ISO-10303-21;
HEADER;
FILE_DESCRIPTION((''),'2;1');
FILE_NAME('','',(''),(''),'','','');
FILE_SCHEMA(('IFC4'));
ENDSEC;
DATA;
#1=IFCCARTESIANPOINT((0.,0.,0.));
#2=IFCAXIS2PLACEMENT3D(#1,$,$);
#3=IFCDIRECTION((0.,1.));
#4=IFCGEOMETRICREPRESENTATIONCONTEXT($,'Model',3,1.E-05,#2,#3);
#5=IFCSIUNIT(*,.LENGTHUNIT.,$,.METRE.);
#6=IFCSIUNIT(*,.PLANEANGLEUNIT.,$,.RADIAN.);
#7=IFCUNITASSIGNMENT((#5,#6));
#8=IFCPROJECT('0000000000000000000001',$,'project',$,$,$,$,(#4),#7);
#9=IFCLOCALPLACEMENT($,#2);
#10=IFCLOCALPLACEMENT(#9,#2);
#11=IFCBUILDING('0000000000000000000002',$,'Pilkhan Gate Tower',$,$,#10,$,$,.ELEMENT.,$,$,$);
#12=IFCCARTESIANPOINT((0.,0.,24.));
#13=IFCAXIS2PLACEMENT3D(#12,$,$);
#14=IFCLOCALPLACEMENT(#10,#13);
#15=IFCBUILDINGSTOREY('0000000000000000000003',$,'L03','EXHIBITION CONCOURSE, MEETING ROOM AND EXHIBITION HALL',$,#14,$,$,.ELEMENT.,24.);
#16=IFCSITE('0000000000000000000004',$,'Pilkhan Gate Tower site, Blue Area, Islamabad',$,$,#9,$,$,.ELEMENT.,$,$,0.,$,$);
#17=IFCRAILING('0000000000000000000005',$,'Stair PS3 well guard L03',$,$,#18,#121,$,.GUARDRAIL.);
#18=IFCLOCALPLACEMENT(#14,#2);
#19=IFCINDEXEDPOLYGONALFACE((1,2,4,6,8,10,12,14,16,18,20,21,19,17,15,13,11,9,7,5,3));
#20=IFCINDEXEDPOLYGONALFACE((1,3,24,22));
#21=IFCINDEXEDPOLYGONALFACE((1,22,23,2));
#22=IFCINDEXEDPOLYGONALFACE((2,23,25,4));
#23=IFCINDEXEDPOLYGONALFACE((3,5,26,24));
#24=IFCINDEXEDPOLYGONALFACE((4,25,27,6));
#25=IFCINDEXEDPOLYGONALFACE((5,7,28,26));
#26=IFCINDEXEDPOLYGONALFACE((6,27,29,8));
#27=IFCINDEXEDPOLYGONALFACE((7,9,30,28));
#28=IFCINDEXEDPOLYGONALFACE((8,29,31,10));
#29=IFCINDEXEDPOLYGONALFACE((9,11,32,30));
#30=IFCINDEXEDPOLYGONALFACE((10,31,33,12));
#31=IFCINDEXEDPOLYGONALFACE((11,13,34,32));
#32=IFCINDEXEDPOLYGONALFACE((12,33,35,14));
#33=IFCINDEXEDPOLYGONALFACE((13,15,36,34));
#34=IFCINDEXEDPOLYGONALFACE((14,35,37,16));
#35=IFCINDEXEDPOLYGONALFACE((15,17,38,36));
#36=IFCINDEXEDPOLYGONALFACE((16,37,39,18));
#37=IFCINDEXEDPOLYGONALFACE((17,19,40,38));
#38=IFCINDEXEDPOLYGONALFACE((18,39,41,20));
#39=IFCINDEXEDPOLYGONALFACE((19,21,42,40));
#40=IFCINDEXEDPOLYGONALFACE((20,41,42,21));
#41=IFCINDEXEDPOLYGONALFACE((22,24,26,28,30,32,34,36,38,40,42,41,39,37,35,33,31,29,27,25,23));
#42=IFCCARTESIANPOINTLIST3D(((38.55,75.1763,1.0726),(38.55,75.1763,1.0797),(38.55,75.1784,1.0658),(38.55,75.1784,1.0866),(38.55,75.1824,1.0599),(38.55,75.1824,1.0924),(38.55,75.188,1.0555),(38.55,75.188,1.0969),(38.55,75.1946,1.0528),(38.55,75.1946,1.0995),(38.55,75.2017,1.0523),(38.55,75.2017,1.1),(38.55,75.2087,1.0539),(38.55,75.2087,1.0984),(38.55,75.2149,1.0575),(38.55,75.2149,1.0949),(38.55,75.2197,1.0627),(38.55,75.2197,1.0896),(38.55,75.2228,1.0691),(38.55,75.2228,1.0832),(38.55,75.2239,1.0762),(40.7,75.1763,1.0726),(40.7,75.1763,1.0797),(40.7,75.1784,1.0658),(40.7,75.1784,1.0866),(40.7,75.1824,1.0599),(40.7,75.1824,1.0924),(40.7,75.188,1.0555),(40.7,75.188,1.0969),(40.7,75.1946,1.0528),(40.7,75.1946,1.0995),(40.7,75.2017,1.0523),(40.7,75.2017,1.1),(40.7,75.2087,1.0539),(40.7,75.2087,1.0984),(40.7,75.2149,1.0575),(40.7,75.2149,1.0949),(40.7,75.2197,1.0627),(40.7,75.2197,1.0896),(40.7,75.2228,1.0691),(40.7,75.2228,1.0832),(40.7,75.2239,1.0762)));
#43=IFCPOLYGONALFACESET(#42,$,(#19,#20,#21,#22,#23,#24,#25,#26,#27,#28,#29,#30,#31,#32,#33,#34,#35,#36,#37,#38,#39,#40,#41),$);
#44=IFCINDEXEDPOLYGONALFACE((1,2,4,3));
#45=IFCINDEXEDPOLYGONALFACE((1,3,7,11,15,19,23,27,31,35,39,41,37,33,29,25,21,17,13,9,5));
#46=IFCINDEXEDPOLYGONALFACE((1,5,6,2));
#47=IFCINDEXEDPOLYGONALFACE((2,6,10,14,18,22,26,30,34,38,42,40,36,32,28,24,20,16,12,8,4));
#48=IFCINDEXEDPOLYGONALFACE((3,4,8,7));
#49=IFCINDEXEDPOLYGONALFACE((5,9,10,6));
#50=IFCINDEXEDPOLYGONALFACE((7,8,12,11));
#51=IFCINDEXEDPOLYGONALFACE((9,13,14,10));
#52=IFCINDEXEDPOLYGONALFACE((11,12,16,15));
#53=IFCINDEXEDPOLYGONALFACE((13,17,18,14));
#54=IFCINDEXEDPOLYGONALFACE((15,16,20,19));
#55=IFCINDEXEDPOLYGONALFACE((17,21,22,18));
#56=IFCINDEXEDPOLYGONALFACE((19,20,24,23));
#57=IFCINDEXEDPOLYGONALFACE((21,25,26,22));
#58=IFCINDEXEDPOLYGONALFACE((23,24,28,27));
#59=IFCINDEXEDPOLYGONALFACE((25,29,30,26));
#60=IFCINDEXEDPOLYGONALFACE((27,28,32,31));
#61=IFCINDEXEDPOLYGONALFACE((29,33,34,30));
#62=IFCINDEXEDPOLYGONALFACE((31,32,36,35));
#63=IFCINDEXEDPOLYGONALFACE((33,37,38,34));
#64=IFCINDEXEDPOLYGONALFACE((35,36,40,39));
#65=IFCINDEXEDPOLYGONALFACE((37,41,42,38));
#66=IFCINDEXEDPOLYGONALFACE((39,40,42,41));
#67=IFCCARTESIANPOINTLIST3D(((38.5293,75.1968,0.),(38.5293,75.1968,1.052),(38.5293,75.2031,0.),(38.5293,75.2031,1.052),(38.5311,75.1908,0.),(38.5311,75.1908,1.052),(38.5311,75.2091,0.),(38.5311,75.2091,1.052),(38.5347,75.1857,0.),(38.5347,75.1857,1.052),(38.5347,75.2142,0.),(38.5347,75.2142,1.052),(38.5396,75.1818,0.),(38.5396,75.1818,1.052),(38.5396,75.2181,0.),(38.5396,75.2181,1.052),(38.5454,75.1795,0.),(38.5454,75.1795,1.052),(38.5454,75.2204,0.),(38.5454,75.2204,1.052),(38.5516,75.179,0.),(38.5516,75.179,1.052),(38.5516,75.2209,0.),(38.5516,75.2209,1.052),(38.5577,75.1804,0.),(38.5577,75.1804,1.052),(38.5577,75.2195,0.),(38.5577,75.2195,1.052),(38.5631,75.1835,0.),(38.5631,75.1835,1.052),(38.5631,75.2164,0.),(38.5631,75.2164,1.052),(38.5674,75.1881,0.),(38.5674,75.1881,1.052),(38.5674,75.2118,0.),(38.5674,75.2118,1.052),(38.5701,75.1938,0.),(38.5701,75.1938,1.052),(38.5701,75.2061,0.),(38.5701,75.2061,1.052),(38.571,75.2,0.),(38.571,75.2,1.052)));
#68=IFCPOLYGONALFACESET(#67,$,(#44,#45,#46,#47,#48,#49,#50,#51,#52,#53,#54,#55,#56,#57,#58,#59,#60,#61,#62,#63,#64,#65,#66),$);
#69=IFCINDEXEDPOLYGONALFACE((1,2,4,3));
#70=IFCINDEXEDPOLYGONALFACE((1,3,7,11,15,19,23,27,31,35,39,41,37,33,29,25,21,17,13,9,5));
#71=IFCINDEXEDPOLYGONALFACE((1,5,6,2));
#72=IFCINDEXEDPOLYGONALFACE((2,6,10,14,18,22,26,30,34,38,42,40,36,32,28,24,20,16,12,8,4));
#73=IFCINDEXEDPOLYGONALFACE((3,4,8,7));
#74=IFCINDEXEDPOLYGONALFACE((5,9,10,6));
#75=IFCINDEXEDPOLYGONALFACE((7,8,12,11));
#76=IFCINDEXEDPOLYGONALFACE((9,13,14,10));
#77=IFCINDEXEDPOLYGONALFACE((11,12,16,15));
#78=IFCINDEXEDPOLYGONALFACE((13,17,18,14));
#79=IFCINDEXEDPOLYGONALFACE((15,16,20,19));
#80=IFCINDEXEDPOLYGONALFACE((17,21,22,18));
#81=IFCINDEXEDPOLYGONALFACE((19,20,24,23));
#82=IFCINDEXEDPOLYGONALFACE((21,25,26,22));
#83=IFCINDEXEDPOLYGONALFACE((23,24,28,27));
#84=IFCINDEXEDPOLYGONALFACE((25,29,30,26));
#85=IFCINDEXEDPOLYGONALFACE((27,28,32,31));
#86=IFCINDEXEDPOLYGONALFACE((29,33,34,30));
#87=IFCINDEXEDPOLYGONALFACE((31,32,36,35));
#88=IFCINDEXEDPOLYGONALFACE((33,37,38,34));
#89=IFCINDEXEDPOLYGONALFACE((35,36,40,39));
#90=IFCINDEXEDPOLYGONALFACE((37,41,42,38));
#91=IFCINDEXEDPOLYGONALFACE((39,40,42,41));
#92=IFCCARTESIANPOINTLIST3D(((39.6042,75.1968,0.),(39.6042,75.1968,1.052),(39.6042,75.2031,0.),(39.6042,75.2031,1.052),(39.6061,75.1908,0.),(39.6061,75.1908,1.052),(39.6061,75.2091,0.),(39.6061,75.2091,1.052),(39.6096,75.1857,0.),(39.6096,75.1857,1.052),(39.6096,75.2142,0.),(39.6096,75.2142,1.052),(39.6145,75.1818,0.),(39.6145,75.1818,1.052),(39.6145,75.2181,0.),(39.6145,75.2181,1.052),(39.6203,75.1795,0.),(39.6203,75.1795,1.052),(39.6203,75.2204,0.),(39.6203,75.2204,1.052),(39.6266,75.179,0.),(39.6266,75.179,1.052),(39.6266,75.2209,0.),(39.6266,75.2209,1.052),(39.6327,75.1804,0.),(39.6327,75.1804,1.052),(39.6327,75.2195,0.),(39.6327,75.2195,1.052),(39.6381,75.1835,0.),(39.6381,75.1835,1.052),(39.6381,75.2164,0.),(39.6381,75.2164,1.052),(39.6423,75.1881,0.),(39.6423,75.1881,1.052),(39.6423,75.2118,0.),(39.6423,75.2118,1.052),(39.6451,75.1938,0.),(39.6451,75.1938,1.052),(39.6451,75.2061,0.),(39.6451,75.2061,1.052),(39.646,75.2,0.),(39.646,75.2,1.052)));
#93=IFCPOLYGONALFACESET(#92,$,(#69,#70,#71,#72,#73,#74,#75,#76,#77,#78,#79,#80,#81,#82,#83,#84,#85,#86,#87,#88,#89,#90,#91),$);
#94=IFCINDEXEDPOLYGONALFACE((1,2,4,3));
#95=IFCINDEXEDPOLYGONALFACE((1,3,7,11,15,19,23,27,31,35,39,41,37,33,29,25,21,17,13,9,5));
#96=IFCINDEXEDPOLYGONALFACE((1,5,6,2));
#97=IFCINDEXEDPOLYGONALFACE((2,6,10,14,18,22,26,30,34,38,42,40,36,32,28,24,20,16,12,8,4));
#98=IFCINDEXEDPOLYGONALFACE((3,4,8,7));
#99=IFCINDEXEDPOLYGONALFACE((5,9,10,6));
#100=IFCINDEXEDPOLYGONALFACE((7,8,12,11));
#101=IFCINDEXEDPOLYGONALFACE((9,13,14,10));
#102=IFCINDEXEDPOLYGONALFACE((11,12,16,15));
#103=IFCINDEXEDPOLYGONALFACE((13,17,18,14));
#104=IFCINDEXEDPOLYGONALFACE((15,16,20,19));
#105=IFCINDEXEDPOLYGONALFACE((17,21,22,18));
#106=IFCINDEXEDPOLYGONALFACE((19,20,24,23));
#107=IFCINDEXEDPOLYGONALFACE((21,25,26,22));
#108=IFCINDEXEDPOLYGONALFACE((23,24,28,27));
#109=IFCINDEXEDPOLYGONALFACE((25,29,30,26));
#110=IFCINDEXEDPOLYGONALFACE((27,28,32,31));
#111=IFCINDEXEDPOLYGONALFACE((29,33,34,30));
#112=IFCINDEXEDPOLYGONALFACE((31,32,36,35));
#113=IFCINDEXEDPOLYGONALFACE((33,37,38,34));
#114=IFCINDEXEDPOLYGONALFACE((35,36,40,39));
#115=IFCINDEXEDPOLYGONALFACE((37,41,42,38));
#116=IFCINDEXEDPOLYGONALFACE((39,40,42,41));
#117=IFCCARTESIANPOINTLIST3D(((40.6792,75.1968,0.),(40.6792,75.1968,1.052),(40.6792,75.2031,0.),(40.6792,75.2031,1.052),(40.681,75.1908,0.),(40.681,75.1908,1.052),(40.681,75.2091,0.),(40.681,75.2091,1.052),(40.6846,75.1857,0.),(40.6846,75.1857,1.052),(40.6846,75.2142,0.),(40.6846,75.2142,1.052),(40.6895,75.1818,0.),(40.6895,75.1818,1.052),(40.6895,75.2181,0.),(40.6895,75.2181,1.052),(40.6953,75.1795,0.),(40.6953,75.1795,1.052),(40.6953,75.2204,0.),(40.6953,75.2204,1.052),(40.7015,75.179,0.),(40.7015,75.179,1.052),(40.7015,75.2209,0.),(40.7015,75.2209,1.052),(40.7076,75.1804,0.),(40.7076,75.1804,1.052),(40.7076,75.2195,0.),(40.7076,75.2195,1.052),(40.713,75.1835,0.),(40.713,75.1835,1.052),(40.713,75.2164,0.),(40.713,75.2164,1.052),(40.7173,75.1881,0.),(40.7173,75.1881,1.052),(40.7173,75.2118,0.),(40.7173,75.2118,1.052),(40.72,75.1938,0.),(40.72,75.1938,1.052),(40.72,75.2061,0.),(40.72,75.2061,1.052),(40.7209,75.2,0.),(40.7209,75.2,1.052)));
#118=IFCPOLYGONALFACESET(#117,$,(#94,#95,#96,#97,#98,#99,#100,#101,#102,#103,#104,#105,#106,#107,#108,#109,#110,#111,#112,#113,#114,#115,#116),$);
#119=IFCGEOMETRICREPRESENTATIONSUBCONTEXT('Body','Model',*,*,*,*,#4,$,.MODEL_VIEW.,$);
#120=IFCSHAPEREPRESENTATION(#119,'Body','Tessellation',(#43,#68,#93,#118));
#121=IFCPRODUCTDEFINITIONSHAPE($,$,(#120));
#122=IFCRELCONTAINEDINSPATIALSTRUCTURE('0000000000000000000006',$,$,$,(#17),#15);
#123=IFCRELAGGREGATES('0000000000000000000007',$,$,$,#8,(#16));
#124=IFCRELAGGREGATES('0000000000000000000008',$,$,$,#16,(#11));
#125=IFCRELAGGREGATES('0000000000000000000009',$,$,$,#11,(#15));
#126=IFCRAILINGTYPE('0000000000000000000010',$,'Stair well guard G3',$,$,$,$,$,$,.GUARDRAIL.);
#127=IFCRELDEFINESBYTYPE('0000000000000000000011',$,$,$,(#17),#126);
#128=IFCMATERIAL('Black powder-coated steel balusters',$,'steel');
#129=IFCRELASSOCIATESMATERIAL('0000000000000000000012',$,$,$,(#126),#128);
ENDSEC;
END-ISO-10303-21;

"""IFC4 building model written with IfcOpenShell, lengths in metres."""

from ifc_helpers import new_model, si_unit, direction, frame, origin, origin_2d, place, context, subcontext, project, spatial, circle, extrude, material, type_object, element, save


model = new_model("IFC4")

# Units and contexts
model_context = context("Model", 3, precision=1e-05, world=origin(), true_north=direction((0.0, 1.0)))
body_context = subcontext(model_context, "Body", "Model", "MODEL_VIEW")
ifc_project = project(units=[si_unit("LENGTHUNIT", "METRE"), si_unit("PLANEANGLEUNIT", "RADIAN")], contexts=[model_context])

# Site, building, storey
site_placement = place(None, origin())
site = spatial("IfcSite", under=ifc_project, at=site_placement, Name="Pilkhan Gate Tower site, Blue Area, Islamabad", CompositionType="ELEMENT", RefElevation=0.0)
building_placement = place(site_placement, origin())
building = spatial("IfcBuilding", under=site, at=building_placement, Name="Pilkhan Gate Tower", CompositionType="ELEMENT")
storey_placement = place(building_placement, frame((0.0, 0.0, 24.0)))
storey = spatial("IfcBuildingStorey", under=building, at=storey_placement, Name="L03", Description="EXHIBITION CONCOURSE, MEETING ROOM AND EXHIBITION HALL", CompositionType="ELEMENT", Elevation=24.0)

# Railing
ifc_material_1 = material(Name="Black powder-coated steel balusters", Category="steel")
railing_type = type_object("IfcRailingType", Name="Stair well guard G3", PredefinedType="GUARDRAIL", material=ifc_material_1)
railing_1_placement = place(storey_placement, frame((38.55, 75.2, 0.0)))
element("IfcRailing", 1, at=railing_1_placement, inside=storey, type_object=railing_type, Name="Stair PS3 well guard L03", PredefinedType="GUARDRAIL", context=body_context, shape_type="SweptSolid", body=[
    extrude(circle(Radius=0.0239, at=origin_2d()), frame((0.0, 0.0, 1.0762), z_axis=(1.0, 0.0, 0.0), x_axis=(0.0, 1.0, 0.0)), (0.0, 0.0, 1.0), 2.1499),
    extrude(circle(Radius=0.021, at=origin_2d()), origin(), (0.0, 0.0, 1.0), 1.052),
    extrude(circle(Radius=0.021, at=origin_2d()), frame((1.075, 0.0, 0.0)), (0.0, 0.0, 1.0), 1.052),
    extrude(circle(Radius=0.021, at=origin_2d()), frame((2.1499, 0.0, 0.0)), (0.0, 0.0, 1.0), 1.052),
])

save(model, "model.ifc")
